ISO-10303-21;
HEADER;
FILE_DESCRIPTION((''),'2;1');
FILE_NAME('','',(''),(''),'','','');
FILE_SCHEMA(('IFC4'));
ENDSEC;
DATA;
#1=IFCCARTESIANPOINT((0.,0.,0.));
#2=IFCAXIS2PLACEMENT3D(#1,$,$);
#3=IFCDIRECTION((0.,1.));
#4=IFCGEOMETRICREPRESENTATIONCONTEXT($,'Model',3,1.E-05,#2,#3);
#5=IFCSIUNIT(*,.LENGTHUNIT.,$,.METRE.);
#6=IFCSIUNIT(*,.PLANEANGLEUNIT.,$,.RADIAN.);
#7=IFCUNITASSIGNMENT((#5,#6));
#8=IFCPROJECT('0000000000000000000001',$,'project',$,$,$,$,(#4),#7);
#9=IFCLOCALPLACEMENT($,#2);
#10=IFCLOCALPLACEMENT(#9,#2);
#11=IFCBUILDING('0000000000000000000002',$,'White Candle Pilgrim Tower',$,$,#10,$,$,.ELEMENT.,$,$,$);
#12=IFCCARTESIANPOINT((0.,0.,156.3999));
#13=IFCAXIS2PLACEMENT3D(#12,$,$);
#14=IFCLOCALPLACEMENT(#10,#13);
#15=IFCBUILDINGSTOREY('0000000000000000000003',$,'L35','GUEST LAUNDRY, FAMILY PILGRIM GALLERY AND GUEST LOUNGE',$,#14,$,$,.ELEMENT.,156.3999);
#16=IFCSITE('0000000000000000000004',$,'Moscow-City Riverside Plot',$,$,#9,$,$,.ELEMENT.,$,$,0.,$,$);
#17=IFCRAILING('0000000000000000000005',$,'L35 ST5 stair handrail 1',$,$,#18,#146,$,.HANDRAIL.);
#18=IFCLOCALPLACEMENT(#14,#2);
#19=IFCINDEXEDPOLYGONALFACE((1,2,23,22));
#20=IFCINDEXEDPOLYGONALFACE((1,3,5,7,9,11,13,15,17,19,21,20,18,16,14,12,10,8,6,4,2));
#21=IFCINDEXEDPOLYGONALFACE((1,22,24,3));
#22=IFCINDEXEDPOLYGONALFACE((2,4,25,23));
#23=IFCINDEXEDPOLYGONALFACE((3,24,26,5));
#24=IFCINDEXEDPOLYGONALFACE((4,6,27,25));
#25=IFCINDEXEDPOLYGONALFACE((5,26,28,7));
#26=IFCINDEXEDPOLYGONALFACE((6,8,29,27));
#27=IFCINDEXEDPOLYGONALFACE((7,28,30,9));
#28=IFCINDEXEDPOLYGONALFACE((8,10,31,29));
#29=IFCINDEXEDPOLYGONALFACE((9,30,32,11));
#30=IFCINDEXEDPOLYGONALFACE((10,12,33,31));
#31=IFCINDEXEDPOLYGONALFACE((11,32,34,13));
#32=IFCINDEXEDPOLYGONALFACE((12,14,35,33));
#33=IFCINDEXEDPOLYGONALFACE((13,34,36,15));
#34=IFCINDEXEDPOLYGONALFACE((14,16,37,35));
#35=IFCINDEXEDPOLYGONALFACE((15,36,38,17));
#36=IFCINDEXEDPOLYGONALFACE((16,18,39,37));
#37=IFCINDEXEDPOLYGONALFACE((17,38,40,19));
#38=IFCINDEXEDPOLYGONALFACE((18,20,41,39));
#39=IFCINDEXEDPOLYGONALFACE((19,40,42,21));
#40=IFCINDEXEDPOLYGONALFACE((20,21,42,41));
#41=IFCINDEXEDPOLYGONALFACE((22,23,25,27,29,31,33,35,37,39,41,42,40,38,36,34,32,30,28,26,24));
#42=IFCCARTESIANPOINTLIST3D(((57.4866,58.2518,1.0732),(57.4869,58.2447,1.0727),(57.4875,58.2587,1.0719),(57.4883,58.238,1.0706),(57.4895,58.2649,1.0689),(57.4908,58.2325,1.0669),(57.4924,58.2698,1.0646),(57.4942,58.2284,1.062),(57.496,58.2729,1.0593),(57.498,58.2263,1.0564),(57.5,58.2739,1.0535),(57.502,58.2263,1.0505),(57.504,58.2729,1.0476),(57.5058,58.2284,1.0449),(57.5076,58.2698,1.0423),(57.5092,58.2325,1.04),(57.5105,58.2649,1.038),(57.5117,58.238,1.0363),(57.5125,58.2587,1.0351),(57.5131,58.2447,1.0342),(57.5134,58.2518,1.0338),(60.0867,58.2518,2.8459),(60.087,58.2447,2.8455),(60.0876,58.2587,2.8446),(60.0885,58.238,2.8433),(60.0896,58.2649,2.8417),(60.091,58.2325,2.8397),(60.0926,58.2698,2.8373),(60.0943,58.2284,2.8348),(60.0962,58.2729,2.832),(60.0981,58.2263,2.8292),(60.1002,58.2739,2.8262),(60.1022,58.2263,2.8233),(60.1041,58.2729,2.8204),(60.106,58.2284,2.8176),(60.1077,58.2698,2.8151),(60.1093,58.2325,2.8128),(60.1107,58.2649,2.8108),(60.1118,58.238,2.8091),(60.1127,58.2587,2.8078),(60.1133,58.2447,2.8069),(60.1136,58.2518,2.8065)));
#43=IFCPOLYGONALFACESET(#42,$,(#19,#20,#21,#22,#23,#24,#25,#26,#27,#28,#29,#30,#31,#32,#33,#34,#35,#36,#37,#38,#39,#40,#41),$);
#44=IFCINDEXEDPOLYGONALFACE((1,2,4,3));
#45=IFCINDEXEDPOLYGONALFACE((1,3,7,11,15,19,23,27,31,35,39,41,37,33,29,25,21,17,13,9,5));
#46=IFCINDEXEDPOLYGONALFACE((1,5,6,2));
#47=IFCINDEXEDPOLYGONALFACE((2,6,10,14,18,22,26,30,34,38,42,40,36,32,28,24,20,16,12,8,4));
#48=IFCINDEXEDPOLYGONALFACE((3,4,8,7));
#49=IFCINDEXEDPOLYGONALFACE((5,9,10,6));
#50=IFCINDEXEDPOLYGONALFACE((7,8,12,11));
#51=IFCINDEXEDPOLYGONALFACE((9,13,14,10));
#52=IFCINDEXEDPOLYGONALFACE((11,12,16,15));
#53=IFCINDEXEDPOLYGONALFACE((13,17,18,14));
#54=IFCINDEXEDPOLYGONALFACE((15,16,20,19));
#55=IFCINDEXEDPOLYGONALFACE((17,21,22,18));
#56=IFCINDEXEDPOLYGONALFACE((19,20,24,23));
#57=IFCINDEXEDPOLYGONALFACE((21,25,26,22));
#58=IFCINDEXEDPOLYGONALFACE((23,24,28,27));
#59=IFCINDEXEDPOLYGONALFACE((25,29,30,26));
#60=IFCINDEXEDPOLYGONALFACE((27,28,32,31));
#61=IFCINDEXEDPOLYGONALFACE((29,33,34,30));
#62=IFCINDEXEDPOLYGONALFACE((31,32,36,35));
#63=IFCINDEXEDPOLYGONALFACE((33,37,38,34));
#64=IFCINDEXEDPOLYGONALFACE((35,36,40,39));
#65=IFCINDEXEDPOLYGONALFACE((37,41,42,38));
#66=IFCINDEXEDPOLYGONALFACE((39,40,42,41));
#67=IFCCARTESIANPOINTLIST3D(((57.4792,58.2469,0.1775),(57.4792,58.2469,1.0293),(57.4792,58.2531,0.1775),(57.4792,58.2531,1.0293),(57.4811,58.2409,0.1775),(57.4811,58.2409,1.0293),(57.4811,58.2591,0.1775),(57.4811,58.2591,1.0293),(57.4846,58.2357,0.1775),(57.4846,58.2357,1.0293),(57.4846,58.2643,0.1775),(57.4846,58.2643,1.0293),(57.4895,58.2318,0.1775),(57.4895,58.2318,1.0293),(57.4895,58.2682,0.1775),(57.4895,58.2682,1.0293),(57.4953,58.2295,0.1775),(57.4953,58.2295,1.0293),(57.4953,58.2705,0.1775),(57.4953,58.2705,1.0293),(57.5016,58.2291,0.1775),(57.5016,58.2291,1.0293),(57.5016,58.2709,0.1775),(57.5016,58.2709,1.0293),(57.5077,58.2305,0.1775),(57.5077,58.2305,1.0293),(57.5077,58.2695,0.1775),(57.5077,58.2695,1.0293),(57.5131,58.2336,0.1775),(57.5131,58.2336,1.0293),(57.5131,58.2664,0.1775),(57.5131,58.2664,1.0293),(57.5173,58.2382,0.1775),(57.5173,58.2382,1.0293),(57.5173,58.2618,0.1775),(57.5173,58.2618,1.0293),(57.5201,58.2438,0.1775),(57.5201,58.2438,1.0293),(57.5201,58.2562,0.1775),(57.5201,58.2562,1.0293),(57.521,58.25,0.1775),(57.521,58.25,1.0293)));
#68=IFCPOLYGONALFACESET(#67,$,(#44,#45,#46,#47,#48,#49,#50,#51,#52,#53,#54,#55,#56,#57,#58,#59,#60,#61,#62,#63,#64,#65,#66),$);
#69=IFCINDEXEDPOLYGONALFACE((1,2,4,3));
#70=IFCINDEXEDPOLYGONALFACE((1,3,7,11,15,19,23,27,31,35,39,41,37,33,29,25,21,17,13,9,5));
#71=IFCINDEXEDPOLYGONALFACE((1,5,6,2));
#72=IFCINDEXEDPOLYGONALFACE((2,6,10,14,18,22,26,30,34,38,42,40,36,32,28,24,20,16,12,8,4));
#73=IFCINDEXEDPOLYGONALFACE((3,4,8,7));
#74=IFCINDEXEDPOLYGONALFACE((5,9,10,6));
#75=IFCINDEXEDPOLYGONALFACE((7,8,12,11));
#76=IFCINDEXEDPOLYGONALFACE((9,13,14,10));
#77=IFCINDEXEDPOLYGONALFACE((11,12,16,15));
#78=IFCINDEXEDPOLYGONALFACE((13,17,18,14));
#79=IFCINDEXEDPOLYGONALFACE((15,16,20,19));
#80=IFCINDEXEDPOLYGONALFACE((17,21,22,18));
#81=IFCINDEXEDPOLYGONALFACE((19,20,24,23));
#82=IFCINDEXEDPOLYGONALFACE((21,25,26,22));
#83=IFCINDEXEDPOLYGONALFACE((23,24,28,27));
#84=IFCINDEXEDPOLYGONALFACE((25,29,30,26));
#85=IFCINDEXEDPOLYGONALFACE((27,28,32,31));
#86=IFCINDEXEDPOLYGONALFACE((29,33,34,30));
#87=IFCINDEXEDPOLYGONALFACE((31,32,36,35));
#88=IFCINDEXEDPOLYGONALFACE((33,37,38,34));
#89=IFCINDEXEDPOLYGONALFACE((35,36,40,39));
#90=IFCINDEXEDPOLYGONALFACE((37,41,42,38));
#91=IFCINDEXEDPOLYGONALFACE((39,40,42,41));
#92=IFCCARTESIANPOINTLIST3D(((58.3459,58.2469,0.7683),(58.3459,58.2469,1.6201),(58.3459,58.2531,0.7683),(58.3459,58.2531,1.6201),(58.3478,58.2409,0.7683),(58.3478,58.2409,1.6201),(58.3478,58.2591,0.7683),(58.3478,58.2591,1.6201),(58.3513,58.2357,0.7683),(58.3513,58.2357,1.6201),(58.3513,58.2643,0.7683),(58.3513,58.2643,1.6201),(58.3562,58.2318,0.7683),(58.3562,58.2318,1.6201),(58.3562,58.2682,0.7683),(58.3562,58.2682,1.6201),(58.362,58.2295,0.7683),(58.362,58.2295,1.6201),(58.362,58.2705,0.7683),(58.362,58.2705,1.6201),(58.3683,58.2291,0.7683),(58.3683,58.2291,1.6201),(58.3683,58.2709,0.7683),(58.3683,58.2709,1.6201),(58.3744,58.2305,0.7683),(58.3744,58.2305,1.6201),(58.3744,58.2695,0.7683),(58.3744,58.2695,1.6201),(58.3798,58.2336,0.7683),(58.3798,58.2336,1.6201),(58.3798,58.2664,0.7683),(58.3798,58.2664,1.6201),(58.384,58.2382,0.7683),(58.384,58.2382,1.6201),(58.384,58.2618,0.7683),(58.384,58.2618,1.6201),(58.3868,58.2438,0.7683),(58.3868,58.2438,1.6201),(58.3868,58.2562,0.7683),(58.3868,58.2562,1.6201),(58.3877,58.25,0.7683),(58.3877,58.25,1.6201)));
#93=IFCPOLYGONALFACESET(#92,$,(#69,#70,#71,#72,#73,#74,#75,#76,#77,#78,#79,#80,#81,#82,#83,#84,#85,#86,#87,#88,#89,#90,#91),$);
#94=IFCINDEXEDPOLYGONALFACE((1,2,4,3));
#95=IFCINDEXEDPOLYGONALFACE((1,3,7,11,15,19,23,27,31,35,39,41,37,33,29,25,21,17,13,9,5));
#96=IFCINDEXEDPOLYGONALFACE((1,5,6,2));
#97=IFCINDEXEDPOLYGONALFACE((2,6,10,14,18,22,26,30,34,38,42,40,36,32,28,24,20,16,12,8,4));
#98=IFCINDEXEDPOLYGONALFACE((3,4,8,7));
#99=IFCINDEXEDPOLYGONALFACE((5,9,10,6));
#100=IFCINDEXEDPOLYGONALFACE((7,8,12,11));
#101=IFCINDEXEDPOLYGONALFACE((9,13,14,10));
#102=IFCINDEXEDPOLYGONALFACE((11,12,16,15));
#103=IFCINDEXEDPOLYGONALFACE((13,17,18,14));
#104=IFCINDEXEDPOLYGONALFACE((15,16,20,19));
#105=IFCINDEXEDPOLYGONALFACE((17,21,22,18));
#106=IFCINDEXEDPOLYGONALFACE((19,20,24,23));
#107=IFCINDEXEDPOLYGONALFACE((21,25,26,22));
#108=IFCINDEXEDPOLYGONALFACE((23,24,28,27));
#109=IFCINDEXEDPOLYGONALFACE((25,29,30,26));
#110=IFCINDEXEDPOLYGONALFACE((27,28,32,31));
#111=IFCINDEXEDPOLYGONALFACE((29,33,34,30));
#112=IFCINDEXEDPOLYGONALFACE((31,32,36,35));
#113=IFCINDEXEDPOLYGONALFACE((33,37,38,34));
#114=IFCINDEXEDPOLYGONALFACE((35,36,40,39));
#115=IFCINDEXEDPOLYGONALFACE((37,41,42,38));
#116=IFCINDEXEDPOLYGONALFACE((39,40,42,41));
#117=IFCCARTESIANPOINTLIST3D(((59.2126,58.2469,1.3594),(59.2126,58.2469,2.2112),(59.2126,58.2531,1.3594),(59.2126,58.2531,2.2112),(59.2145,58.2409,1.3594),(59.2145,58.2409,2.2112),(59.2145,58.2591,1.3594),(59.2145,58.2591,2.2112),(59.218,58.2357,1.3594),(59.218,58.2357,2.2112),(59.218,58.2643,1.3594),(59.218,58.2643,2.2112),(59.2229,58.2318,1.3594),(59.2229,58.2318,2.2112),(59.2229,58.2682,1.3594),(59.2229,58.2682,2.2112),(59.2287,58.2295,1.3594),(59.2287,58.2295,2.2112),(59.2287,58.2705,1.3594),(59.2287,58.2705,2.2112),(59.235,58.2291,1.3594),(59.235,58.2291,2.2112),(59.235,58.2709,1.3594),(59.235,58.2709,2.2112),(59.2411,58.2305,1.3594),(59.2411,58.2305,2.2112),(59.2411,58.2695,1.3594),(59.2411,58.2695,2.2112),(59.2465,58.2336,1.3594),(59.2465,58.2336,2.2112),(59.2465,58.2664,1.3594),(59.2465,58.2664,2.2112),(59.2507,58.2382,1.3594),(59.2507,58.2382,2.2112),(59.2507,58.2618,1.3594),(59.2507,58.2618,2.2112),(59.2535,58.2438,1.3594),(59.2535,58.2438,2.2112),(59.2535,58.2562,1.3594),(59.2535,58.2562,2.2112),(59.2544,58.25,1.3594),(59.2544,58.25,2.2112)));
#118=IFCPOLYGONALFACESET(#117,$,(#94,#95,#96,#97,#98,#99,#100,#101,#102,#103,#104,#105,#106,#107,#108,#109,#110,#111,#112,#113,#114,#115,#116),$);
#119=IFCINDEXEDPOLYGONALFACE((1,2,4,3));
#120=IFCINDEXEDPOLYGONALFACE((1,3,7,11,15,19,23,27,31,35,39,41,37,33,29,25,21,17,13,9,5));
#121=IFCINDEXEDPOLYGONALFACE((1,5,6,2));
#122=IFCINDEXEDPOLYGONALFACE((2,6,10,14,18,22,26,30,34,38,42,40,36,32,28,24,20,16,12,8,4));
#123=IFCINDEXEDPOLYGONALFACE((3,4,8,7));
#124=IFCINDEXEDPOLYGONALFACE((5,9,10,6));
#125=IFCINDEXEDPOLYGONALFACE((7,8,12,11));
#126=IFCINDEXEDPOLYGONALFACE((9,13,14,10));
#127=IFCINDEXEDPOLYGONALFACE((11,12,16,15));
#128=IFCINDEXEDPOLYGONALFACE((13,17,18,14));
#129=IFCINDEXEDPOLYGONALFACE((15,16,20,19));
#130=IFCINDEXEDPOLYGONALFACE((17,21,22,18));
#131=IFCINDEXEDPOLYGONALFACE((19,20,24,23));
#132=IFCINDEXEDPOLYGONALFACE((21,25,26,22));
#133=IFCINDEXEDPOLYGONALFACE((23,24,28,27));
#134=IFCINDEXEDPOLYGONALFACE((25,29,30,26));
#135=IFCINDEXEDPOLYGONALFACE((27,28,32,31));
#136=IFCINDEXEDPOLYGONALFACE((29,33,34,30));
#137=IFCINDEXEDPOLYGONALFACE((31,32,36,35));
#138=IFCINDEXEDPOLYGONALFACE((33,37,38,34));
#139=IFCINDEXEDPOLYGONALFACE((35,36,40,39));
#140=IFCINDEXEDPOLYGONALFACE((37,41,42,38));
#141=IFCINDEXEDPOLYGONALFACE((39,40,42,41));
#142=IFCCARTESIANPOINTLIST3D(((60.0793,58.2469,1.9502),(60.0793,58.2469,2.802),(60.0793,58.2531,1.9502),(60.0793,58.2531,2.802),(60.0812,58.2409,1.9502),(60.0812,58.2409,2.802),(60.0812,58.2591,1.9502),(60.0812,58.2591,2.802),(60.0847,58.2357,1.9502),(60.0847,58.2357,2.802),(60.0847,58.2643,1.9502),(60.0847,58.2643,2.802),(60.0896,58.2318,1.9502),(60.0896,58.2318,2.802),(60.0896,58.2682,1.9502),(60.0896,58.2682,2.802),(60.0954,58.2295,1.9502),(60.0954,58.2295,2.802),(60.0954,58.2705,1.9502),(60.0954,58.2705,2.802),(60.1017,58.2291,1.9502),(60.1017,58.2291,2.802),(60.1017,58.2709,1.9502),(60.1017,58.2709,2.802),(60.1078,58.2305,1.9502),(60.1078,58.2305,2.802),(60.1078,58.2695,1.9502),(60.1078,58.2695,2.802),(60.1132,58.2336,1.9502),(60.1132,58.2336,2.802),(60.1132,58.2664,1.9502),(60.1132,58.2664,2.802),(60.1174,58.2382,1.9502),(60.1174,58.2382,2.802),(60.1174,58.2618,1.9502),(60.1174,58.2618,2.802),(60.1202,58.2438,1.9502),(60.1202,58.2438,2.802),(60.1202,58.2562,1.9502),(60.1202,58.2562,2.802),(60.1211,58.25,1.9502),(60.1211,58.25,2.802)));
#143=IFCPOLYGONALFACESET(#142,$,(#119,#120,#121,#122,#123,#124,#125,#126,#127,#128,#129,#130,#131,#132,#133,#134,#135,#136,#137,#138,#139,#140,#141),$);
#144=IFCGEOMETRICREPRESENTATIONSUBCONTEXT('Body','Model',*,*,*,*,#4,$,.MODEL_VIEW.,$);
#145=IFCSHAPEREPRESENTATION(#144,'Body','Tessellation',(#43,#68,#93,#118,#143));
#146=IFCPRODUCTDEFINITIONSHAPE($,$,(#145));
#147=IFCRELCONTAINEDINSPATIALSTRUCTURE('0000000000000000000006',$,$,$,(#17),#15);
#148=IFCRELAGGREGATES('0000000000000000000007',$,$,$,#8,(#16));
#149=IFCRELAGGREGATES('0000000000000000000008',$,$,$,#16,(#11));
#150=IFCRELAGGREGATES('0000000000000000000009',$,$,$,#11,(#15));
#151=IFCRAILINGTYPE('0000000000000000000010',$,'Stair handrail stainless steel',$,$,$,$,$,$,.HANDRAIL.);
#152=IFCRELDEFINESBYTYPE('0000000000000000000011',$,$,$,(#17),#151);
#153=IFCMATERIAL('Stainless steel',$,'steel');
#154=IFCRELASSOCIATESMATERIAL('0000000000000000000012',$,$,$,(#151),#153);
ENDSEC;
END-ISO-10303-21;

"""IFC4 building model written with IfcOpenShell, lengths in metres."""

from ifc_helpers import new_model, si_unit, direction, frame, origin, origin_2d, place, context, subcontext, project, spatial, circle, extrude, material, type_object, element, save


model = new_model("IFC4")

# Units and contexts
model_context = context("Model", 3, precision=1e-05, world=origin(), true_north=direction((0.0, 1.0)))
body_context = subcontext(model_context, "Body", "Model", "MODEL_VIEW")
ifc_project = project(units=[si_unit("LENGTHUNIT", "METRE"), si_unit("PLANEANGLEUNIT", "RADIAN")], contexts=[model_context])

# Site, building, storey
site_placement = place(None, origin())
site = spatial("IfcSite", under=ifc_project, at=site_placement, Name="Moscow-City Riverside Plot", CompositionType="ELEMENT", RefElevation=0.0)
building_placement = place(site_placement, origin())
building = spatial("IfcBuilding", under=site, at=building_placement, Name="White Candle Pilgrim Tower", CompositionType="ELEMENT")
storey_placement = place(building_placement, frame((0.0, 0.0, 156.3999)))
storey = spatial("IfcBuildingStorey", under=building, at=storey_placement, Name="L35", Description="GUEST LAUNDRY, FAMILY PILGRIM GALLERY AND GUEST LOUNGE", CompositionType="ELEMENT", Elevation=156.3999)

# Railing
ifc_material_1 = material(Name="Stainless steel", Category="steel")
railing_type_1 = type_object("IfcRailingType", Name="Stair handrail stainless steel", PredefinedType="HANDRAIL", material=ifc_material_1)
railing_1_placement = place(storey_placement, frame((57.5, 58.25, 0.1775)))
element("IfcRailing", 1, at=railing_1_placement, inside=storey, type_object=railing_type_1, Name="L35 ST5 stair handrail 1", PredefinedType="HANDRAIL", context=body_context, shape_type="SweptSolid", body=[
    extrude(circle(Radius=0.0239, at=origin_2d()), frame((0.0, 0.0, 0.876), z_axis=(0.82624, 0.0, 0.563318), x_axis=(0.0, 1.0, 0.0)), (0.0, 0.0, 1.0), 3.147),
    extrude(circle(Radius=0.021, at=origin_2d()), origin(), (0.0, 0.0, 1.0), 0.8518),
    extrude(circle(Radius=0.021, at=origin_2d()), frame((0.8667, 0.0, 0.5908)), (0.0, 0.0, 1.0), 0.8518),
    extrude(circle(Radius=0.021, at=origin_2d()), frame((1.7334, 0.0, 1.1819)), (0.0, 0.0, 1.0), 0.8518),
    extrude(circle(Radius=0.021, at=origin_2d()), frame((2.6001, 0.0, 1.7727)), (0.0, 0.0, 1.0), 0.8518),
])

save(model, "model.ifc")
